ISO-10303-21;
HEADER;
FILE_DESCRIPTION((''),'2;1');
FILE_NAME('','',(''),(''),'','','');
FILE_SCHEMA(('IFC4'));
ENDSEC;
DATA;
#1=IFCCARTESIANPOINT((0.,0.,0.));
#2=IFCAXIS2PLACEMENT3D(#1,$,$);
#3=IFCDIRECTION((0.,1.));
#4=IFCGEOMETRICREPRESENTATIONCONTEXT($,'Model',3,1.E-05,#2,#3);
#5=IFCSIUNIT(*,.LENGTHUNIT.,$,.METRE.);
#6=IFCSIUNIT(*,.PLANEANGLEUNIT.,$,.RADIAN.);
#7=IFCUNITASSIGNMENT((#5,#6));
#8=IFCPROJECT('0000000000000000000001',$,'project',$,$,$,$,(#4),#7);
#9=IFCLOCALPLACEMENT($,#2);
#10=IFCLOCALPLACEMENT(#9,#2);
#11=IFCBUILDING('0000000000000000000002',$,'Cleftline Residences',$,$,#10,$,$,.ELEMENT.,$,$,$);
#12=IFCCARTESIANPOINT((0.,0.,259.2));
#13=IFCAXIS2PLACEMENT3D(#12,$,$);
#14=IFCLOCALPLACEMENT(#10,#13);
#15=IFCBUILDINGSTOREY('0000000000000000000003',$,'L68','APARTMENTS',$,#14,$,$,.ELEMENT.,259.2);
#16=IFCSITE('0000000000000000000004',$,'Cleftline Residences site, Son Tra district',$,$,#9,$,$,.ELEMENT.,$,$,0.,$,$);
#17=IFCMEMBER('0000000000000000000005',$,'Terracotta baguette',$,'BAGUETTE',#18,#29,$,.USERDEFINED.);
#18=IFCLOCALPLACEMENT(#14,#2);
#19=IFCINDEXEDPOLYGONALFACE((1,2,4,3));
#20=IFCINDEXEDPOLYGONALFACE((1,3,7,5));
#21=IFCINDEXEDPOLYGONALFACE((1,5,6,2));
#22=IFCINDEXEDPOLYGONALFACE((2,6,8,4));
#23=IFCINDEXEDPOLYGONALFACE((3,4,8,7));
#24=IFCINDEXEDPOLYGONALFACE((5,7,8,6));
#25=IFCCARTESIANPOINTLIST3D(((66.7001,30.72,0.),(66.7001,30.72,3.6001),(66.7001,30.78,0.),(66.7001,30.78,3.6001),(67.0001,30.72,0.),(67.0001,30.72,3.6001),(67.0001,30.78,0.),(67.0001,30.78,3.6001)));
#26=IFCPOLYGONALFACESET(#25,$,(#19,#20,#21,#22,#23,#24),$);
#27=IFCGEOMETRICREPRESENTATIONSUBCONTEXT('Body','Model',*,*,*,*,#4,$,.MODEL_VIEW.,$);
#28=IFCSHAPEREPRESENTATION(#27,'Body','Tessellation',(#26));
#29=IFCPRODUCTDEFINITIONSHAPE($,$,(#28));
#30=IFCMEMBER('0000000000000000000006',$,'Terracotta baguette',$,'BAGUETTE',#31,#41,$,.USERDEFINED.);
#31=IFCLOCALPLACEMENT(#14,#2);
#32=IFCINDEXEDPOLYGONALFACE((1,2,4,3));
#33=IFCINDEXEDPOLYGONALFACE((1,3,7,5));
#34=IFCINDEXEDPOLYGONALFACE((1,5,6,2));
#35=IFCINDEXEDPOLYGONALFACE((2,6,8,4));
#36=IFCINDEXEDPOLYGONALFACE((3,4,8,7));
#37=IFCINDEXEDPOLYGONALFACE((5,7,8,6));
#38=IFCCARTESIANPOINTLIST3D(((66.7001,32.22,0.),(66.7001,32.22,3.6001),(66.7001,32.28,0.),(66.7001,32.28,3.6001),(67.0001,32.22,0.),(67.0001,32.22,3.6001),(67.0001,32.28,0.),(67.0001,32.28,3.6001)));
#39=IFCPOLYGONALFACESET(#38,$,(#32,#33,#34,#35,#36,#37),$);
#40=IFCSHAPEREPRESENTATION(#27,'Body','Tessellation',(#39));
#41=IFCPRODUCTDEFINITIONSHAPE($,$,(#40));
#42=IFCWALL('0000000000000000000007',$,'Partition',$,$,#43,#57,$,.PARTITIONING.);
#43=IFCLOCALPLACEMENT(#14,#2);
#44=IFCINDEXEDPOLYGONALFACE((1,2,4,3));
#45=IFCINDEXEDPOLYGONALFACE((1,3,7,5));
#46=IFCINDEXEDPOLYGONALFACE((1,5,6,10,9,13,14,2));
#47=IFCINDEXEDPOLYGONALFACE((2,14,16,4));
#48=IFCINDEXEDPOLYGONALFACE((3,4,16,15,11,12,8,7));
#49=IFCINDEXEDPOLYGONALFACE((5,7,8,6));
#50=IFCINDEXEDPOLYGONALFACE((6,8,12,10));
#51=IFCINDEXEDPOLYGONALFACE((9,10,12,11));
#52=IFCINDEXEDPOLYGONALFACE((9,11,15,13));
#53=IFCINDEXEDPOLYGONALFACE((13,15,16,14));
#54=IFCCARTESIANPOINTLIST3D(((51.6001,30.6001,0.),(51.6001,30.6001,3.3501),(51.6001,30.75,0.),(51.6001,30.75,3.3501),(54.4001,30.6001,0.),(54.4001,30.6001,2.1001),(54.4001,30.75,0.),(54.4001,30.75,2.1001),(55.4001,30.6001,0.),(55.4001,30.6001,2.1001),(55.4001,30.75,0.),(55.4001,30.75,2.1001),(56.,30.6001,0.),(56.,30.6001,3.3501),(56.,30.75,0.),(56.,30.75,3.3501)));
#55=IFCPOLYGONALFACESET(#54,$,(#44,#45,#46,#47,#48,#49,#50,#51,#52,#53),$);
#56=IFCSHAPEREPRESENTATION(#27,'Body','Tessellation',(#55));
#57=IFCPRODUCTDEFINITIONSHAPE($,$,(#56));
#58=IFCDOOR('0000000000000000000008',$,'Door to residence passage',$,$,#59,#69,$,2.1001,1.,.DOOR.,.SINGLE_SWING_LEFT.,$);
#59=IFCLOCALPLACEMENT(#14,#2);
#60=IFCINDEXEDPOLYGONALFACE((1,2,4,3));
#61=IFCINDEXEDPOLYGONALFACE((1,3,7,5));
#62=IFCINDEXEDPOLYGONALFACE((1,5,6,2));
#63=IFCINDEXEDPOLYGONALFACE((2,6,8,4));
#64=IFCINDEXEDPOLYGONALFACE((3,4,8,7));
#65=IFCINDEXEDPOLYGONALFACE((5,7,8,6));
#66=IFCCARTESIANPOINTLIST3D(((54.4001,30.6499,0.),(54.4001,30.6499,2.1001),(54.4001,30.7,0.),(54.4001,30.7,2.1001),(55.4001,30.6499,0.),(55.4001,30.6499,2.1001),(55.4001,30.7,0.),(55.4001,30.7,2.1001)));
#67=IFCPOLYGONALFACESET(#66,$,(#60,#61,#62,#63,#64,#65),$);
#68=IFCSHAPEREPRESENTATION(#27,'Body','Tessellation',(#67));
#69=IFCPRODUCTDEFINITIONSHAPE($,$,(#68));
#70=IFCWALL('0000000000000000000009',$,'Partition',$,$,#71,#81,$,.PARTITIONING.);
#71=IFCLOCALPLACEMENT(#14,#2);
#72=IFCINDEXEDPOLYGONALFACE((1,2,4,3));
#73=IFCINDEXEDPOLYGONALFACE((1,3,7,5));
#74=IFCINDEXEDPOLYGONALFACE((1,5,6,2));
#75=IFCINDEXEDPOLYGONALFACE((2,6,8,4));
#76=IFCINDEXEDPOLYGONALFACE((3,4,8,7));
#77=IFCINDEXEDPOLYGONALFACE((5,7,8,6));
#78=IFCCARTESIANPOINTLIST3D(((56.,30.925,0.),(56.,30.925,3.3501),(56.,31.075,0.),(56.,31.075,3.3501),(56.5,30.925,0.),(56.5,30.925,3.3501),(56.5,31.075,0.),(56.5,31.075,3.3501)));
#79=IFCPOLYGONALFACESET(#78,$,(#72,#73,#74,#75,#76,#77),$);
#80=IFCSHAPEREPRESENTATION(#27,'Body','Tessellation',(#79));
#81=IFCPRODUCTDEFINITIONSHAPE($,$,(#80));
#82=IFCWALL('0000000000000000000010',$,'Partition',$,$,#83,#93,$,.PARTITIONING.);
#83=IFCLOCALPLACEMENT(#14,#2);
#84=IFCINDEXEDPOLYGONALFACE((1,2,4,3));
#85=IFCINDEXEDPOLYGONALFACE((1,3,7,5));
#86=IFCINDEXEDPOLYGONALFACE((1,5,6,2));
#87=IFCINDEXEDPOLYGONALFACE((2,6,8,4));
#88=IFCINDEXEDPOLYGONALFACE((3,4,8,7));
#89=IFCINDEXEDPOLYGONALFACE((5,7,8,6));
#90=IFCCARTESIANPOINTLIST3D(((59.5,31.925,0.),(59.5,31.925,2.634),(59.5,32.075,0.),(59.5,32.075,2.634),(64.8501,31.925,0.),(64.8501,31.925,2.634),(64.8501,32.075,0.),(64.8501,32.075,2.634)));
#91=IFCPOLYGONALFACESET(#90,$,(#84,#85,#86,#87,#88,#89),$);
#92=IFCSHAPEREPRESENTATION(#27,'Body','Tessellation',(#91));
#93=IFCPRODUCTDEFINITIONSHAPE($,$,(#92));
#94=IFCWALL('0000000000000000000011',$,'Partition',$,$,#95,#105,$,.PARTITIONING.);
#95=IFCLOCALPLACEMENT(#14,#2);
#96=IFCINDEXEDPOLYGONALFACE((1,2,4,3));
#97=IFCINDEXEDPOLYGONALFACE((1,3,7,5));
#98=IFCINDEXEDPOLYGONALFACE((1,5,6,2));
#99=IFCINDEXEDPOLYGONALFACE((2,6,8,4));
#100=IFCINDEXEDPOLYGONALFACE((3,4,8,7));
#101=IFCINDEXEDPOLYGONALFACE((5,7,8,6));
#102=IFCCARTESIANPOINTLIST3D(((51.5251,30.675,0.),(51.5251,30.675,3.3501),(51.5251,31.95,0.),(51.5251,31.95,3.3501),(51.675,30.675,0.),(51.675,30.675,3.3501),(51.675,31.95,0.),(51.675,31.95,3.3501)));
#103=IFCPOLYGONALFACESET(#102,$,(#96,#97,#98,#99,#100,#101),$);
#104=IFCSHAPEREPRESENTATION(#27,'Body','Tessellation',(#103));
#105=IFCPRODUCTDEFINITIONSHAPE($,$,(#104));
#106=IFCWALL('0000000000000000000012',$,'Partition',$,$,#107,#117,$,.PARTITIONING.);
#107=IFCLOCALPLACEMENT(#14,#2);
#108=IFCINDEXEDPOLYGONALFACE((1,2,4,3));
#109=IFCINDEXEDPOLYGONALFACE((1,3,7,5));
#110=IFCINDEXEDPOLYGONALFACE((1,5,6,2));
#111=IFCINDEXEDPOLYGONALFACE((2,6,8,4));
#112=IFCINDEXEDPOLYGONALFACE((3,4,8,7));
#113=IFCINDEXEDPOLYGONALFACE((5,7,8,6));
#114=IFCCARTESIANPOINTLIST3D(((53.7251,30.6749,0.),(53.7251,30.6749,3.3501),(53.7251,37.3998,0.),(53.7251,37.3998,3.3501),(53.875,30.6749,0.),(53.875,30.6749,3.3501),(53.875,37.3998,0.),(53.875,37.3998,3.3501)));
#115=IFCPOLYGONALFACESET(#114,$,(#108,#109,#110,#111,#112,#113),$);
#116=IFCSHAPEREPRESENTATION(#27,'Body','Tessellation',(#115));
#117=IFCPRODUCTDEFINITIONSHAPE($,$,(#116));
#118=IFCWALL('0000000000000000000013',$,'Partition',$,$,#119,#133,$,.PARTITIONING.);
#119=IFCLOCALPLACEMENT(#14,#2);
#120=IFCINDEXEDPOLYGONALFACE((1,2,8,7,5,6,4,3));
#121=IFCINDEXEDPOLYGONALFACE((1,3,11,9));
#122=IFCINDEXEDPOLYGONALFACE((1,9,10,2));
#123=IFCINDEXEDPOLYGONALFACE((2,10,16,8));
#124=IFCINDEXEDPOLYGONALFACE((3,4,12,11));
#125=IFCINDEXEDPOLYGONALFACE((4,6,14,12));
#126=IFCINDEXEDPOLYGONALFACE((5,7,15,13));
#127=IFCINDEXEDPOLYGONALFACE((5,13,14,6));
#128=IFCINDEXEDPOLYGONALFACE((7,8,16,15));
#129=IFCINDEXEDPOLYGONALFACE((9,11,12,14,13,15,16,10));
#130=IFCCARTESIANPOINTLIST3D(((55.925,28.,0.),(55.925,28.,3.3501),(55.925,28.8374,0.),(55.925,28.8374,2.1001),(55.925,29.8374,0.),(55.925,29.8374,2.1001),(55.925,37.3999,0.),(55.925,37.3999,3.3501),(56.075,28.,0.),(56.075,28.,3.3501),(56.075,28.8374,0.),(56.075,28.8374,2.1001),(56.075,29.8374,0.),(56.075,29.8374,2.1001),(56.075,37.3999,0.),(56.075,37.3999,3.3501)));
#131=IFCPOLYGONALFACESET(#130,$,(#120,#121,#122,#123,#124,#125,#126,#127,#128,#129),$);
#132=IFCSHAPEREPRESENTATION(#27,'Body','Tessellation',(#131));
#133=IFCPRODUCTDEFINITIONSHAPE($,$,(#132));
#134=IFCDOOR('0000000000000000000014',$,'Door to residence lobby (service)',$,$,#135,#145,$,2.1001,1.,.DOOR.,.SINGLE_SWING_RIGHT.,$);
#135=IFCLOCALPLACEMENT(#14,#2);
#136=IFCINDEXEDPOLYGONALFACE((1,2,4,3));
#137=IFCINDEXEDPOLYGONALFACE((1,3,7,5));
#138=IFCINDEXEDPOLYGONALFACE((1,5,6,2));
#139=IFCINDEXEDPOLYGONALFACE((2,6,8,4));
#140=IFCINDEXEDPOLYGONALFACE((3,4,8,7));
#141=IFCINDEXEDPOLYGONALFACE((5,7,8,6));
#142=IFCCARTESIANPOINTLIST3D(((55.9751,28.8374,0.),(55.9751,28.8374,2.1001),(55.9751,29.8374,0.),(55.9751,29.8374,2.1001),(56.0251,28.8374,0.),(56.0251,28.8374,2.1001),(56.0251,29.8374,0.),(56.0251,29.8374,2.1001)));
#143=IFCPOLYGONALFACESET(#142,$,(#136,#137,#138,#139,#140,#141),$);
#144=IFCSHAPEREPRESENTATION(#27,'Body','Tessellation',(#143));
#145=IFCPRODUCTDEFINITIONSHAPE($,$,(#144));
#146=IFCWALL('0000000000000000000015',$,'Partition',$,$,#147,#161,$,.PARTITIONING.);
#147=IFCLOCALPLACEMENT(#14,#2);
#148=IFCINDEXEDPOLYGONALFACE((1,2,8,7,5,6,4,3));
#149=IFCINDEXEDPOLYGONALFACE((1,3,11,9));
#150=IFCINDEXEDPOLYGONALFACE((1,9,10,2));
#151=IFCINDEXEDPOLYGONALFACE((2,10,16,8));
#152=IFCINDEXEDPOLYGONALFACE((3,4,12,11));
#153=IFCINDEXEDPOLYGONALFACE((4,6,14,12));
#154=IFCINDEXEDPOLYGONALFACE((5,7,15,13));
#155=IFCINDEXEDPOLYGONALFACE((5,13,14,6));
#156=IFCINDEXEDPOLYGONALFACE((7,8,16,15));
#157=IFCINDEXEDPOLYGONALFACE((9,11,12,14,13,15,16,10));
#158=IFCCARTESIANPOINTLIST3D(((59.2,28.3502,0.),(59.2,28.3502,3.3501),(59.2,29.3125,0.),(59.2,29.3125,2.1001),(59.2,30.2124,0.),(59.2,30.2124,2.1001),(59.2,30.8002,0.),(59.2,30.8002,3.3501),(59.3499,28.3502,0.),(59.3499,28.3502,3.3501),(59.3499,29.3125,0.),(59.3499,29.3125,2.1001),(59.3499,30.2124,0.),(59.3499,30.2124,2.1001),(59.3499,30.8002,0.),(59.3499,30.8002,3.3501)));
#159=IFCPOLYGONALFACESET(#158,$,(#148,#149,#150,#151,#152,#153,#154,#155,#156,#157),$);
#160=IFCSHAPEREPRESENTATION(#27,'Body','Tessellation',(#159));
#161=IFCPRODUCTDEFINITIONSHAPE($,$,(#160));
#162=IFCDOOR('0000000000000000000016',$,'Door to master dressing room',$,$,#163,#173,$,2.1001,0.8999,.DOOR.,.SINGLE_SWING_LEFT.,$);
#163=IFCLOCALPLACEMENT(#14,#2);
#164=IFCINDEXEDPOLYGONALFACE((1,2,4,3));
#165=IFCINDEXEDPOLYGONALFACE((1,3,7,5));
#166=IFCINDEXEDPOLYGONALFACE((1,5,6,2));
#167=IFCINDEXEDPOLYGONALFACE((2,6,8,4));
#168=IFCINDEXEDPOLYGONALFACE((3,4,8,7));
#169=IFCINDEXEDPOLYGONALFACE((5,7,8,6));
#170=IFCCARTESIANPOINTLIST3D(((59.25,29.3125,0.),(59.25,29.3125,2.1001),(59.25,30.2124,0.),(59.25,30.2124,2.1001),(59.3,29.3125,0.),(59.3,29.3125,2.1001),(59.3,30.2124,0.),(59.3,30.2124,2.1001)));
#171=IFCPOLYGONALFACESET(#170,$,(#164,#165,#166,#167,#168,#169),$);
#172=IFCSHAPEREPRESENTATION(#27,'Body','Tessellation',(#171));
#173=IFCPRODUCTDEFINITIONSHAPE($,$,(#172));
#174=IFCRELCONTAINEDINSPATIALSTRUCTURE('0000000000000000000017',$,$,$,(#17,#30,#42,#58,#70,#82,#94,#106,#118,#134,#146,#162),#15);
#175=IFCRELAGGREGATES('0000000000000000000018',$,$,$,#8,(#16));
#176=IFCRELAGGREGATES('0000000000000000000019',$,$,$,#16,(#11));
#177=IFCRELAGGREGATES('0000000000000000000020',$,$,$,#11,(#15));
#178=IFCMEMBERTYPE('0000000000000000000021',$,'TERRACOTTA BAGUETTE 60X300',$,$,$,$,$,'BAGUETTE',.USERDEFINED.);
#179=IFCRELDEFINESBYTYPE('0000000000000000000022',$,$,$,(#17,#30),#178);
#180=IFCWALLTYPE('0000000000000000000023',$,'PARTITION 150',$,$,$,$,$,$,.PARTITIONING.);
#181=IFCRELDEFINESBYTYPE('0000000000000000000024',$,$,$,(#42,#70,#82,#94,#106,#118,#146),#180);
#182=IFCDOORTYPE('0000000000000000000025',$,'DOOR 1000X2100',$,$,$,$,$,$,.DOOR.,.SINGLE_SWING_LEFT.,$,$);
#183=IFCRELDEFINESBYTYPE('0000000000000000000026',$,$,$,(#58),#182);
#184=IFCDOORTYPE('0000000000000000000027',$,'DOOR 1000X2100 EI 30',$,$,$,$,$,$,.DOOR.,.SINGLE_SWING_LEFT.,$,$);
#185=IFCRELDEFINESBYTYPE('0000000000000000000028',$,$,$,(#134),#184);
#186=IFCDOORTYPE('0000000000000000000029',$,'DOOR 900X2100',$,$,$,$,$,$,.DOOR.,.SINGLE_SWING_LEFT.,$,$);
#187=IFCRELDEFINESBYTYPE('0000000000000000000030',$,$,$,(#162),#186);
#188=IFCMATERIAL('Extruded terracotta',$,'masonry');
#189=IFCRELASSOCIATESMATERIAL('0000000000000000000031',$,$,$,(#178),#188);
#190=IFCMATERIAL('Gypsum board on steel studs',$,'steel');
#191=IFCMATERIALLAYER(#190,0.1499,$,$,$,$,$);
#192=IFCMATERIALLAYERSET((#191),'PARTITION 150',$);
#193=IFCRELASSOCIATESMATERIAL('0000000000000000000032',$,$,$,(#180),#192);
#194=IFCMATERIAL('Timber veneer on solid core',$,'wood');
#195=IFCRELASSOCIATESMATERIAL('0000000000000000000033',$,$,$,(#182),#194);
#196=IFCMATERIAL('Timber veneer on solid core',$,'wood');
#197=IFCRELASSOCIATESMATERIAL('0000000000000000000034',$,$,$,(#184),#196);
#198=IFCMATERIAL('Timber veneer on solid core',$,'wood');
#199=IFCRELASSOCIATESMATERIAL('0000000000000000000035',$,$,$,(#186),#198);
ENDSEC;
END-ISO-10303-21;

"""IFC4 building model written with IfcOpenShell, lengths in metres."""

from ifc_helpers import new_model, si_unit, direction, frame, frame_2d, origin, origin_2d, place, context, subcontext, project, spatial, rectangle, extrude, material, layer, layer_set, material_profile, profile_set, type_object, element, fill, save


model = new_model("IFC4")

# Units and contexts
model_context = context("Model", 3, precision=1e-05, world=origin(), true_north=direction((0.0, 1.0)))
body_context = subcontext(model_context, "Body", "Model", "MODEL_VIEW")
ifc_project = project(units=[si_unit("LENGTHUNIT", "METRE"), si_unit("PLANEANGLEUNIT", "RADIAN")], contexts=[model_context])

# Site, building, storey
site_placement = place(None, origin())
site = spatial("IfcSite", under=ifc_project, at=site_placement, Name="Cleftline Residences site, Son Tra district", CompositionType="ELEMENT", RefElevation=0.0)
building_placement = place(site_placement, origin())
building = spatial("IfcBuilding", under=site, at=building_placement, Name="Cleftline Residences", CompositionType="ELEMENT")
storey_placement = place(building_placement, frame((0.0, 0.0, 259.2)))
storey = spatial("IfcBuildingStorey", under=building, at=storey_placement, Name="L68", Description="APARTMENTS", CompositionType="ELEMENT", Elevation=259.2)

# Members
ifc_material_1 = material(Name="Extruded terracotta", Category="masonry")
ifc_material_profile_1 = material_profile(ifc_material_1, rectangle(XDim=0.0601, YDim=0.3, at=origin_2d()))
ifc_profile_set_1 = profile_set([ifc_material_profile_1], Name="Extruded terracotta")
member_type_1 = type_object("IfcMemberType", Name="TERRACOTTA BAGUETTE 60X300", ElementType="BAGUETTE", PredefinedType="USERDEFINED", material=ifc_profile_set_1)
for number, where, z_axis, x_axis, name in (
    (1, (66.8501, 30.75, 0.0), (0.0, 0.0, 1.0), (0.0, 1.0, 0.0), "Terracotta baguette"),
    (2, (66.8501, 32.25, 0.0), (0.0, 0.0, 1.0), (0.0, 1.0, 0.0), "Terracotta baguette"),
):
    element("IfcMember", number, at=place(storey_placement, frame(where, z_axis=z_axis, x_axis=x_axis)), inside=storey, type_object=member_type_1, Name=name, ObjectType="BAGUETTE", PredefinedType="USERDEFINED", context=body_context, shape_type="SweptSolid", body=[
        extrude(rectangle(XDim=0.0601, YDim=0.3, at=origin_2d()), origin(), (0.0, 0.0, 1.0), 3.6001),
    ])

# Wall, opening, door
ifc_material_2 = material(Name="Gypsum board on steel studs", Category="steel")
ifc_layer_1 = layer(ifc_material_2, 0.1499)
ifc_layer_set_1 = layer_set([ifc_layer_1], Name="PARTITION 150")
wall_type_1 = type_object("IfcWallType", Name="PARTITION 150", PredefinedType="PARTITIONING", material=ifc_layer_set_1)
wall_1_placement = place(storey_placement, frame((51.6001, 30.675, 0.0), z_axis=(0.0, 0.0, 1.0), x_axis=(1.0, 0.0, 0.0)))
wall_1 = element("IfcWall", 3, at=wall_1_placement, inside=storey, type_object=wall_type_1, Name="Partition", PredefinedType="PARTITIONING", context=body_context, shape_type="SweptSolid", body=[
    extrude(rectangle(XDim=4.3999, YDim=0.1499, at=frame_2d((2.2, 0.0))), origin(), (0.0, 0.0, 1.0), 3.3501),
])
opening_1_placement = place(wall_1_placement, frame((2.8, 0.0, 0.0)))
opening_1 = element("IfcOpeningElement", 4, at=opening_1_placement, cuts=wall_1, PredefinedType="OPENING", context=body_context, shape_type="SweptSolid", body=[
    extrude(rectangle(XDim=1.0, YDim=2.1001, at=frame_2d((0.5, 1.05))), frame((0.0, 0.085, 0.0), z_axis=(0.0, -1.0, 0.0), x_axis=(1.0, 0.0, 0.0)), (0.0, 0.0, 1.0), 0.1699),
])
ifc_material_3 = material(Name="Timber veneer on solid core", Category="wood")
door_type_1 = type_object("IfcDoorType", Name="DOOR 1000X2100", OperationType="SINGLE_SWING_LEFT", PredefinedType="DOOR", material=ifc_material_3)
door_1_placement = place(opening_1_placement, origin())
door_1 = element("IfcDoor", 5, at=door_1_placement, inside=storey, type_object=door_type_1, Name="Door to residence passage", OperationType="SINGLE_SWING_LEFT", OverallHeight=2.1001, OverallWidth=1.0, PredefinedType="DOOR", context=body_context, shape_type="SweptSolid", body=[
    extrude(rectangle(XDim=1.0, YDim=2.1001, at=frame_2d((0.5, 1.05))), frame((0.0, 0.0249, 0.0), z_axis=(0.0, -1.0, 0.0), x_axis=(1.0, 0.0, 0.0)), (0.0, 0.0, 1.0), 0.05),
])
fill(opening_1, door_1)

# Walls
wall_2_placement = place(storey_placement, frame((56.0, 31.0, 0.0), z_axis=(0.0, 0.0, 1.0), x_axis=(1.0, 0.0, 0.0)))
element("IfcWall", 6, at=wall_2_placement, inside=storey, type_object=wall_type_1, Name="Partition", PredefinedType="PARTITIONING", context=body_context, shape_type="SweptSolid", body=[
    extrude(rectangle(XDim=0.5, YDim=0.1499, at=frame_2d((0.25, 0.0))), origin(), (0.0, 0.0, 1.0), 3.3501),
])
wall_3_placement = place(storey_placement, frame((59.5, 32.0, 0.0), z_axis=(0.0, 0.0, 1.0), x_axis=(1.0, 0.0, 0.0)))
element("IfcWall", 7, at=wall_3_placement, inside=storey, type_object=wall_type_1, Name="Partition", PredefinedType="PARTITIONING", context=body_context, shape_type="SweptSolid", body=[
    extrude(rectangle(XDim=5.3501, YDim=0.1499, at=frame_2d((2.675, 0.0))), origin(), (0.0, 0.0, 1.0), 2.634),
])
wall_4_placement = place(storey_placement, frame((51.6001, 30.675, 0.0), z_axis=(0.0, 0.0, 1.0), x_axis=(0.0, 1.0, 0.0)))
element("IfcWall", 8, at=wall_4_placement, inside=storey, type_object=wall_type_1, Name="Partition", PredefinedType="PARTITIONING", context=body_context, shape_type="SweptSolid", body=[
    extrude(rectangle(XDim=1.2749, YDim=0.1499, at=frame_2d((0.6375, 0.0))), origin(), (0.0, 0.0, 1.0), 3.3501),
])
wall_5_placement = place(storey_placement, frame((53.8, 30.675, 0.0), z_axis=(0.0, 0.0, 1.0), x_axis=(0.0, 1.0, 0.0)))
element("IfcWall", 9, at=wall_5_placement, inside=storey, type_object=wall_type_1, Name="Partition", PredefinedType="PARTITIONING", context=body_context, shape_type="SweptSolid", body=[
    extrude(rectangle(XDim=6.7249, YDim=0.1499, at=frame_2d((3.3623, 0.0))), origin(), (0.0, 0.0, 1.0), 3.3501),
])

# Walls, openings, doors
wall_6_placement = place(storey_placement, frame((56.0, 28.0, 0.0), z_axis=(0.0, 0.0, 1.0), x_axis=(0.0, 1.0, 0.0)))
wall_6 = element("IfcWall", 10, at=wall_6_placement, inside=storey, type_object=wall_type_1, Name="Partition", PredefinedType="PARTITIONING", context=body_context, shape_type="SweptSolid", body=[
    extrude(rectangle(XDim=9.3999, YDim=0.1499, at=frame_2d((4.7, 0.0))), origin(), (0.0, 0.0, 1.0), 3.3501),
])
opening_2_placement = place(wall_6_placement, frame((0.8374, 0.0, 0.0)))
opening_2 = element("IfcOpeningElement", 11, at=opening_2_placement, cuts=wall_6, PredefinedType="OPENING", context=body_context, shape_type="SweptSolid", body=[
    extrude(rectangle(XDim=1.0, YDim=2.1001, at=frame_2d((0.5, 1.05))), frame((0.0, 0.085, 0.0), z_axis=(0.0, -1.0, 0.0), x_axis=(1.0, 0.0, 0.0)), (0.0, 0.0, 1.0), 0.1699),
])
ifc_material_4 = material(Name="Timber veneer on solid core", Category="wood")
door_type_2 = type_object("IfcDoorType", Name="DOOR 1000X2100 EI 30", OperationType="SINGLE_SWING_LEFT", PredefinedType="DOOR", material=ifc_material_4)
door_2_placement = place(opening_2_placement, origin())
door_2 = element("IfcDoor", 12, at=door_2_placement, inside=storey, type_object=door_type_2, Name="Door to residence lobby (service)", OperationType="SINGLE_SWING_RIGHT", OverallHeight=2.1001, OverallWidth=1.0, PredefinedType="DOOR", context=body_context, shape_type="SweptSolid", body=[
    extrude(rectangle(XDim=1.0, YDim=2.1001, at=frame_2d((0.5, 1.05))), frame((0.0, 0.0249, 0.0), z_axis=(0.0, -1.0, 0.0), x_axis=(1.0, 0.0, 0.0)), (0.0, 0.0, 1.0), 0.05),
])
fill(opening_2, door_2)
wall_7_placement = place(storey_placement, frame((59.2749, 28.3501, 0.0), z_axis=(0.0, 0.0, 1.0), x_axis=(0.0, 1.0, 0.0)))
wall_7 = element("IfcWall", 13, at=wall_7_placement, inside=storey, type_object=wall_type_1, Name="Partition", PredefinedType="PARTITIONING", context=body_context, shape_type="SweptSolid", body=[
    extrude(rectangle(XDim=2.45, YDim=0.1499, at=frame_2d((1.2251, 0.0))), origin(), (0.0, 0.0, 1.0), 3.3501),
])
opening_3_placement = place(wall_7_placement, frame((0.9624, 0.0, 0.0)))
opening_3 = element("IfcOpeningElement", 14, at=opening_3_placement, cuts=wall_7, PredefinedType="OPENING", context=body_context, shape_type="SweptSolid", body=[
    extrude(rectangle(XDim=0.8999, YDim=2.1001, at=frame_2d((0.45, 1.05))), frame((0.0, 0.085, 0.0), z_axis=(0.0, -1.0, 0.0), x_axis=(1.0, 0.0, 0.0)), (0.0, 0.0, 1.0), 0.1699),
])
ifc_material_5 = material(Name="Timber veneer on solid core", Category="wood")
door_type_3 = type_object("IfcDoorType", Name="DOOR 900X2100", OperationType="SINGLE_SWING_LEFT", PredefinedType="DOOR", material=ifc_material_5)
door_3_placement = place(opening_3_placement, origin())
door_3 = element("IfcDoor", 15, at=door_3_placement, inside=storey, type_object=door_type_3, Name="Door to master dressing room", OperationType="SINGLE_SWING_LEFT", OverallHeight=2.1001, OverallWidth=0.8999, PredefinedType="DOOR", context=body_context, shape_type="SweptSolid", body=[
    extrude(rectangle(XDim=0.8999, YDim=2.1001, at=frame_2d((0.45, 1.05))), frame((0.0, 0.0249, 0.0), z_axis=(0.0, -1.0, 0.0), x_axis=(1.0, 0.0, 0.0)), (0.0, 0.0, 1.0), 0.05),
])
fill(opening_3, door_3)

save(model, "model.ifc")
